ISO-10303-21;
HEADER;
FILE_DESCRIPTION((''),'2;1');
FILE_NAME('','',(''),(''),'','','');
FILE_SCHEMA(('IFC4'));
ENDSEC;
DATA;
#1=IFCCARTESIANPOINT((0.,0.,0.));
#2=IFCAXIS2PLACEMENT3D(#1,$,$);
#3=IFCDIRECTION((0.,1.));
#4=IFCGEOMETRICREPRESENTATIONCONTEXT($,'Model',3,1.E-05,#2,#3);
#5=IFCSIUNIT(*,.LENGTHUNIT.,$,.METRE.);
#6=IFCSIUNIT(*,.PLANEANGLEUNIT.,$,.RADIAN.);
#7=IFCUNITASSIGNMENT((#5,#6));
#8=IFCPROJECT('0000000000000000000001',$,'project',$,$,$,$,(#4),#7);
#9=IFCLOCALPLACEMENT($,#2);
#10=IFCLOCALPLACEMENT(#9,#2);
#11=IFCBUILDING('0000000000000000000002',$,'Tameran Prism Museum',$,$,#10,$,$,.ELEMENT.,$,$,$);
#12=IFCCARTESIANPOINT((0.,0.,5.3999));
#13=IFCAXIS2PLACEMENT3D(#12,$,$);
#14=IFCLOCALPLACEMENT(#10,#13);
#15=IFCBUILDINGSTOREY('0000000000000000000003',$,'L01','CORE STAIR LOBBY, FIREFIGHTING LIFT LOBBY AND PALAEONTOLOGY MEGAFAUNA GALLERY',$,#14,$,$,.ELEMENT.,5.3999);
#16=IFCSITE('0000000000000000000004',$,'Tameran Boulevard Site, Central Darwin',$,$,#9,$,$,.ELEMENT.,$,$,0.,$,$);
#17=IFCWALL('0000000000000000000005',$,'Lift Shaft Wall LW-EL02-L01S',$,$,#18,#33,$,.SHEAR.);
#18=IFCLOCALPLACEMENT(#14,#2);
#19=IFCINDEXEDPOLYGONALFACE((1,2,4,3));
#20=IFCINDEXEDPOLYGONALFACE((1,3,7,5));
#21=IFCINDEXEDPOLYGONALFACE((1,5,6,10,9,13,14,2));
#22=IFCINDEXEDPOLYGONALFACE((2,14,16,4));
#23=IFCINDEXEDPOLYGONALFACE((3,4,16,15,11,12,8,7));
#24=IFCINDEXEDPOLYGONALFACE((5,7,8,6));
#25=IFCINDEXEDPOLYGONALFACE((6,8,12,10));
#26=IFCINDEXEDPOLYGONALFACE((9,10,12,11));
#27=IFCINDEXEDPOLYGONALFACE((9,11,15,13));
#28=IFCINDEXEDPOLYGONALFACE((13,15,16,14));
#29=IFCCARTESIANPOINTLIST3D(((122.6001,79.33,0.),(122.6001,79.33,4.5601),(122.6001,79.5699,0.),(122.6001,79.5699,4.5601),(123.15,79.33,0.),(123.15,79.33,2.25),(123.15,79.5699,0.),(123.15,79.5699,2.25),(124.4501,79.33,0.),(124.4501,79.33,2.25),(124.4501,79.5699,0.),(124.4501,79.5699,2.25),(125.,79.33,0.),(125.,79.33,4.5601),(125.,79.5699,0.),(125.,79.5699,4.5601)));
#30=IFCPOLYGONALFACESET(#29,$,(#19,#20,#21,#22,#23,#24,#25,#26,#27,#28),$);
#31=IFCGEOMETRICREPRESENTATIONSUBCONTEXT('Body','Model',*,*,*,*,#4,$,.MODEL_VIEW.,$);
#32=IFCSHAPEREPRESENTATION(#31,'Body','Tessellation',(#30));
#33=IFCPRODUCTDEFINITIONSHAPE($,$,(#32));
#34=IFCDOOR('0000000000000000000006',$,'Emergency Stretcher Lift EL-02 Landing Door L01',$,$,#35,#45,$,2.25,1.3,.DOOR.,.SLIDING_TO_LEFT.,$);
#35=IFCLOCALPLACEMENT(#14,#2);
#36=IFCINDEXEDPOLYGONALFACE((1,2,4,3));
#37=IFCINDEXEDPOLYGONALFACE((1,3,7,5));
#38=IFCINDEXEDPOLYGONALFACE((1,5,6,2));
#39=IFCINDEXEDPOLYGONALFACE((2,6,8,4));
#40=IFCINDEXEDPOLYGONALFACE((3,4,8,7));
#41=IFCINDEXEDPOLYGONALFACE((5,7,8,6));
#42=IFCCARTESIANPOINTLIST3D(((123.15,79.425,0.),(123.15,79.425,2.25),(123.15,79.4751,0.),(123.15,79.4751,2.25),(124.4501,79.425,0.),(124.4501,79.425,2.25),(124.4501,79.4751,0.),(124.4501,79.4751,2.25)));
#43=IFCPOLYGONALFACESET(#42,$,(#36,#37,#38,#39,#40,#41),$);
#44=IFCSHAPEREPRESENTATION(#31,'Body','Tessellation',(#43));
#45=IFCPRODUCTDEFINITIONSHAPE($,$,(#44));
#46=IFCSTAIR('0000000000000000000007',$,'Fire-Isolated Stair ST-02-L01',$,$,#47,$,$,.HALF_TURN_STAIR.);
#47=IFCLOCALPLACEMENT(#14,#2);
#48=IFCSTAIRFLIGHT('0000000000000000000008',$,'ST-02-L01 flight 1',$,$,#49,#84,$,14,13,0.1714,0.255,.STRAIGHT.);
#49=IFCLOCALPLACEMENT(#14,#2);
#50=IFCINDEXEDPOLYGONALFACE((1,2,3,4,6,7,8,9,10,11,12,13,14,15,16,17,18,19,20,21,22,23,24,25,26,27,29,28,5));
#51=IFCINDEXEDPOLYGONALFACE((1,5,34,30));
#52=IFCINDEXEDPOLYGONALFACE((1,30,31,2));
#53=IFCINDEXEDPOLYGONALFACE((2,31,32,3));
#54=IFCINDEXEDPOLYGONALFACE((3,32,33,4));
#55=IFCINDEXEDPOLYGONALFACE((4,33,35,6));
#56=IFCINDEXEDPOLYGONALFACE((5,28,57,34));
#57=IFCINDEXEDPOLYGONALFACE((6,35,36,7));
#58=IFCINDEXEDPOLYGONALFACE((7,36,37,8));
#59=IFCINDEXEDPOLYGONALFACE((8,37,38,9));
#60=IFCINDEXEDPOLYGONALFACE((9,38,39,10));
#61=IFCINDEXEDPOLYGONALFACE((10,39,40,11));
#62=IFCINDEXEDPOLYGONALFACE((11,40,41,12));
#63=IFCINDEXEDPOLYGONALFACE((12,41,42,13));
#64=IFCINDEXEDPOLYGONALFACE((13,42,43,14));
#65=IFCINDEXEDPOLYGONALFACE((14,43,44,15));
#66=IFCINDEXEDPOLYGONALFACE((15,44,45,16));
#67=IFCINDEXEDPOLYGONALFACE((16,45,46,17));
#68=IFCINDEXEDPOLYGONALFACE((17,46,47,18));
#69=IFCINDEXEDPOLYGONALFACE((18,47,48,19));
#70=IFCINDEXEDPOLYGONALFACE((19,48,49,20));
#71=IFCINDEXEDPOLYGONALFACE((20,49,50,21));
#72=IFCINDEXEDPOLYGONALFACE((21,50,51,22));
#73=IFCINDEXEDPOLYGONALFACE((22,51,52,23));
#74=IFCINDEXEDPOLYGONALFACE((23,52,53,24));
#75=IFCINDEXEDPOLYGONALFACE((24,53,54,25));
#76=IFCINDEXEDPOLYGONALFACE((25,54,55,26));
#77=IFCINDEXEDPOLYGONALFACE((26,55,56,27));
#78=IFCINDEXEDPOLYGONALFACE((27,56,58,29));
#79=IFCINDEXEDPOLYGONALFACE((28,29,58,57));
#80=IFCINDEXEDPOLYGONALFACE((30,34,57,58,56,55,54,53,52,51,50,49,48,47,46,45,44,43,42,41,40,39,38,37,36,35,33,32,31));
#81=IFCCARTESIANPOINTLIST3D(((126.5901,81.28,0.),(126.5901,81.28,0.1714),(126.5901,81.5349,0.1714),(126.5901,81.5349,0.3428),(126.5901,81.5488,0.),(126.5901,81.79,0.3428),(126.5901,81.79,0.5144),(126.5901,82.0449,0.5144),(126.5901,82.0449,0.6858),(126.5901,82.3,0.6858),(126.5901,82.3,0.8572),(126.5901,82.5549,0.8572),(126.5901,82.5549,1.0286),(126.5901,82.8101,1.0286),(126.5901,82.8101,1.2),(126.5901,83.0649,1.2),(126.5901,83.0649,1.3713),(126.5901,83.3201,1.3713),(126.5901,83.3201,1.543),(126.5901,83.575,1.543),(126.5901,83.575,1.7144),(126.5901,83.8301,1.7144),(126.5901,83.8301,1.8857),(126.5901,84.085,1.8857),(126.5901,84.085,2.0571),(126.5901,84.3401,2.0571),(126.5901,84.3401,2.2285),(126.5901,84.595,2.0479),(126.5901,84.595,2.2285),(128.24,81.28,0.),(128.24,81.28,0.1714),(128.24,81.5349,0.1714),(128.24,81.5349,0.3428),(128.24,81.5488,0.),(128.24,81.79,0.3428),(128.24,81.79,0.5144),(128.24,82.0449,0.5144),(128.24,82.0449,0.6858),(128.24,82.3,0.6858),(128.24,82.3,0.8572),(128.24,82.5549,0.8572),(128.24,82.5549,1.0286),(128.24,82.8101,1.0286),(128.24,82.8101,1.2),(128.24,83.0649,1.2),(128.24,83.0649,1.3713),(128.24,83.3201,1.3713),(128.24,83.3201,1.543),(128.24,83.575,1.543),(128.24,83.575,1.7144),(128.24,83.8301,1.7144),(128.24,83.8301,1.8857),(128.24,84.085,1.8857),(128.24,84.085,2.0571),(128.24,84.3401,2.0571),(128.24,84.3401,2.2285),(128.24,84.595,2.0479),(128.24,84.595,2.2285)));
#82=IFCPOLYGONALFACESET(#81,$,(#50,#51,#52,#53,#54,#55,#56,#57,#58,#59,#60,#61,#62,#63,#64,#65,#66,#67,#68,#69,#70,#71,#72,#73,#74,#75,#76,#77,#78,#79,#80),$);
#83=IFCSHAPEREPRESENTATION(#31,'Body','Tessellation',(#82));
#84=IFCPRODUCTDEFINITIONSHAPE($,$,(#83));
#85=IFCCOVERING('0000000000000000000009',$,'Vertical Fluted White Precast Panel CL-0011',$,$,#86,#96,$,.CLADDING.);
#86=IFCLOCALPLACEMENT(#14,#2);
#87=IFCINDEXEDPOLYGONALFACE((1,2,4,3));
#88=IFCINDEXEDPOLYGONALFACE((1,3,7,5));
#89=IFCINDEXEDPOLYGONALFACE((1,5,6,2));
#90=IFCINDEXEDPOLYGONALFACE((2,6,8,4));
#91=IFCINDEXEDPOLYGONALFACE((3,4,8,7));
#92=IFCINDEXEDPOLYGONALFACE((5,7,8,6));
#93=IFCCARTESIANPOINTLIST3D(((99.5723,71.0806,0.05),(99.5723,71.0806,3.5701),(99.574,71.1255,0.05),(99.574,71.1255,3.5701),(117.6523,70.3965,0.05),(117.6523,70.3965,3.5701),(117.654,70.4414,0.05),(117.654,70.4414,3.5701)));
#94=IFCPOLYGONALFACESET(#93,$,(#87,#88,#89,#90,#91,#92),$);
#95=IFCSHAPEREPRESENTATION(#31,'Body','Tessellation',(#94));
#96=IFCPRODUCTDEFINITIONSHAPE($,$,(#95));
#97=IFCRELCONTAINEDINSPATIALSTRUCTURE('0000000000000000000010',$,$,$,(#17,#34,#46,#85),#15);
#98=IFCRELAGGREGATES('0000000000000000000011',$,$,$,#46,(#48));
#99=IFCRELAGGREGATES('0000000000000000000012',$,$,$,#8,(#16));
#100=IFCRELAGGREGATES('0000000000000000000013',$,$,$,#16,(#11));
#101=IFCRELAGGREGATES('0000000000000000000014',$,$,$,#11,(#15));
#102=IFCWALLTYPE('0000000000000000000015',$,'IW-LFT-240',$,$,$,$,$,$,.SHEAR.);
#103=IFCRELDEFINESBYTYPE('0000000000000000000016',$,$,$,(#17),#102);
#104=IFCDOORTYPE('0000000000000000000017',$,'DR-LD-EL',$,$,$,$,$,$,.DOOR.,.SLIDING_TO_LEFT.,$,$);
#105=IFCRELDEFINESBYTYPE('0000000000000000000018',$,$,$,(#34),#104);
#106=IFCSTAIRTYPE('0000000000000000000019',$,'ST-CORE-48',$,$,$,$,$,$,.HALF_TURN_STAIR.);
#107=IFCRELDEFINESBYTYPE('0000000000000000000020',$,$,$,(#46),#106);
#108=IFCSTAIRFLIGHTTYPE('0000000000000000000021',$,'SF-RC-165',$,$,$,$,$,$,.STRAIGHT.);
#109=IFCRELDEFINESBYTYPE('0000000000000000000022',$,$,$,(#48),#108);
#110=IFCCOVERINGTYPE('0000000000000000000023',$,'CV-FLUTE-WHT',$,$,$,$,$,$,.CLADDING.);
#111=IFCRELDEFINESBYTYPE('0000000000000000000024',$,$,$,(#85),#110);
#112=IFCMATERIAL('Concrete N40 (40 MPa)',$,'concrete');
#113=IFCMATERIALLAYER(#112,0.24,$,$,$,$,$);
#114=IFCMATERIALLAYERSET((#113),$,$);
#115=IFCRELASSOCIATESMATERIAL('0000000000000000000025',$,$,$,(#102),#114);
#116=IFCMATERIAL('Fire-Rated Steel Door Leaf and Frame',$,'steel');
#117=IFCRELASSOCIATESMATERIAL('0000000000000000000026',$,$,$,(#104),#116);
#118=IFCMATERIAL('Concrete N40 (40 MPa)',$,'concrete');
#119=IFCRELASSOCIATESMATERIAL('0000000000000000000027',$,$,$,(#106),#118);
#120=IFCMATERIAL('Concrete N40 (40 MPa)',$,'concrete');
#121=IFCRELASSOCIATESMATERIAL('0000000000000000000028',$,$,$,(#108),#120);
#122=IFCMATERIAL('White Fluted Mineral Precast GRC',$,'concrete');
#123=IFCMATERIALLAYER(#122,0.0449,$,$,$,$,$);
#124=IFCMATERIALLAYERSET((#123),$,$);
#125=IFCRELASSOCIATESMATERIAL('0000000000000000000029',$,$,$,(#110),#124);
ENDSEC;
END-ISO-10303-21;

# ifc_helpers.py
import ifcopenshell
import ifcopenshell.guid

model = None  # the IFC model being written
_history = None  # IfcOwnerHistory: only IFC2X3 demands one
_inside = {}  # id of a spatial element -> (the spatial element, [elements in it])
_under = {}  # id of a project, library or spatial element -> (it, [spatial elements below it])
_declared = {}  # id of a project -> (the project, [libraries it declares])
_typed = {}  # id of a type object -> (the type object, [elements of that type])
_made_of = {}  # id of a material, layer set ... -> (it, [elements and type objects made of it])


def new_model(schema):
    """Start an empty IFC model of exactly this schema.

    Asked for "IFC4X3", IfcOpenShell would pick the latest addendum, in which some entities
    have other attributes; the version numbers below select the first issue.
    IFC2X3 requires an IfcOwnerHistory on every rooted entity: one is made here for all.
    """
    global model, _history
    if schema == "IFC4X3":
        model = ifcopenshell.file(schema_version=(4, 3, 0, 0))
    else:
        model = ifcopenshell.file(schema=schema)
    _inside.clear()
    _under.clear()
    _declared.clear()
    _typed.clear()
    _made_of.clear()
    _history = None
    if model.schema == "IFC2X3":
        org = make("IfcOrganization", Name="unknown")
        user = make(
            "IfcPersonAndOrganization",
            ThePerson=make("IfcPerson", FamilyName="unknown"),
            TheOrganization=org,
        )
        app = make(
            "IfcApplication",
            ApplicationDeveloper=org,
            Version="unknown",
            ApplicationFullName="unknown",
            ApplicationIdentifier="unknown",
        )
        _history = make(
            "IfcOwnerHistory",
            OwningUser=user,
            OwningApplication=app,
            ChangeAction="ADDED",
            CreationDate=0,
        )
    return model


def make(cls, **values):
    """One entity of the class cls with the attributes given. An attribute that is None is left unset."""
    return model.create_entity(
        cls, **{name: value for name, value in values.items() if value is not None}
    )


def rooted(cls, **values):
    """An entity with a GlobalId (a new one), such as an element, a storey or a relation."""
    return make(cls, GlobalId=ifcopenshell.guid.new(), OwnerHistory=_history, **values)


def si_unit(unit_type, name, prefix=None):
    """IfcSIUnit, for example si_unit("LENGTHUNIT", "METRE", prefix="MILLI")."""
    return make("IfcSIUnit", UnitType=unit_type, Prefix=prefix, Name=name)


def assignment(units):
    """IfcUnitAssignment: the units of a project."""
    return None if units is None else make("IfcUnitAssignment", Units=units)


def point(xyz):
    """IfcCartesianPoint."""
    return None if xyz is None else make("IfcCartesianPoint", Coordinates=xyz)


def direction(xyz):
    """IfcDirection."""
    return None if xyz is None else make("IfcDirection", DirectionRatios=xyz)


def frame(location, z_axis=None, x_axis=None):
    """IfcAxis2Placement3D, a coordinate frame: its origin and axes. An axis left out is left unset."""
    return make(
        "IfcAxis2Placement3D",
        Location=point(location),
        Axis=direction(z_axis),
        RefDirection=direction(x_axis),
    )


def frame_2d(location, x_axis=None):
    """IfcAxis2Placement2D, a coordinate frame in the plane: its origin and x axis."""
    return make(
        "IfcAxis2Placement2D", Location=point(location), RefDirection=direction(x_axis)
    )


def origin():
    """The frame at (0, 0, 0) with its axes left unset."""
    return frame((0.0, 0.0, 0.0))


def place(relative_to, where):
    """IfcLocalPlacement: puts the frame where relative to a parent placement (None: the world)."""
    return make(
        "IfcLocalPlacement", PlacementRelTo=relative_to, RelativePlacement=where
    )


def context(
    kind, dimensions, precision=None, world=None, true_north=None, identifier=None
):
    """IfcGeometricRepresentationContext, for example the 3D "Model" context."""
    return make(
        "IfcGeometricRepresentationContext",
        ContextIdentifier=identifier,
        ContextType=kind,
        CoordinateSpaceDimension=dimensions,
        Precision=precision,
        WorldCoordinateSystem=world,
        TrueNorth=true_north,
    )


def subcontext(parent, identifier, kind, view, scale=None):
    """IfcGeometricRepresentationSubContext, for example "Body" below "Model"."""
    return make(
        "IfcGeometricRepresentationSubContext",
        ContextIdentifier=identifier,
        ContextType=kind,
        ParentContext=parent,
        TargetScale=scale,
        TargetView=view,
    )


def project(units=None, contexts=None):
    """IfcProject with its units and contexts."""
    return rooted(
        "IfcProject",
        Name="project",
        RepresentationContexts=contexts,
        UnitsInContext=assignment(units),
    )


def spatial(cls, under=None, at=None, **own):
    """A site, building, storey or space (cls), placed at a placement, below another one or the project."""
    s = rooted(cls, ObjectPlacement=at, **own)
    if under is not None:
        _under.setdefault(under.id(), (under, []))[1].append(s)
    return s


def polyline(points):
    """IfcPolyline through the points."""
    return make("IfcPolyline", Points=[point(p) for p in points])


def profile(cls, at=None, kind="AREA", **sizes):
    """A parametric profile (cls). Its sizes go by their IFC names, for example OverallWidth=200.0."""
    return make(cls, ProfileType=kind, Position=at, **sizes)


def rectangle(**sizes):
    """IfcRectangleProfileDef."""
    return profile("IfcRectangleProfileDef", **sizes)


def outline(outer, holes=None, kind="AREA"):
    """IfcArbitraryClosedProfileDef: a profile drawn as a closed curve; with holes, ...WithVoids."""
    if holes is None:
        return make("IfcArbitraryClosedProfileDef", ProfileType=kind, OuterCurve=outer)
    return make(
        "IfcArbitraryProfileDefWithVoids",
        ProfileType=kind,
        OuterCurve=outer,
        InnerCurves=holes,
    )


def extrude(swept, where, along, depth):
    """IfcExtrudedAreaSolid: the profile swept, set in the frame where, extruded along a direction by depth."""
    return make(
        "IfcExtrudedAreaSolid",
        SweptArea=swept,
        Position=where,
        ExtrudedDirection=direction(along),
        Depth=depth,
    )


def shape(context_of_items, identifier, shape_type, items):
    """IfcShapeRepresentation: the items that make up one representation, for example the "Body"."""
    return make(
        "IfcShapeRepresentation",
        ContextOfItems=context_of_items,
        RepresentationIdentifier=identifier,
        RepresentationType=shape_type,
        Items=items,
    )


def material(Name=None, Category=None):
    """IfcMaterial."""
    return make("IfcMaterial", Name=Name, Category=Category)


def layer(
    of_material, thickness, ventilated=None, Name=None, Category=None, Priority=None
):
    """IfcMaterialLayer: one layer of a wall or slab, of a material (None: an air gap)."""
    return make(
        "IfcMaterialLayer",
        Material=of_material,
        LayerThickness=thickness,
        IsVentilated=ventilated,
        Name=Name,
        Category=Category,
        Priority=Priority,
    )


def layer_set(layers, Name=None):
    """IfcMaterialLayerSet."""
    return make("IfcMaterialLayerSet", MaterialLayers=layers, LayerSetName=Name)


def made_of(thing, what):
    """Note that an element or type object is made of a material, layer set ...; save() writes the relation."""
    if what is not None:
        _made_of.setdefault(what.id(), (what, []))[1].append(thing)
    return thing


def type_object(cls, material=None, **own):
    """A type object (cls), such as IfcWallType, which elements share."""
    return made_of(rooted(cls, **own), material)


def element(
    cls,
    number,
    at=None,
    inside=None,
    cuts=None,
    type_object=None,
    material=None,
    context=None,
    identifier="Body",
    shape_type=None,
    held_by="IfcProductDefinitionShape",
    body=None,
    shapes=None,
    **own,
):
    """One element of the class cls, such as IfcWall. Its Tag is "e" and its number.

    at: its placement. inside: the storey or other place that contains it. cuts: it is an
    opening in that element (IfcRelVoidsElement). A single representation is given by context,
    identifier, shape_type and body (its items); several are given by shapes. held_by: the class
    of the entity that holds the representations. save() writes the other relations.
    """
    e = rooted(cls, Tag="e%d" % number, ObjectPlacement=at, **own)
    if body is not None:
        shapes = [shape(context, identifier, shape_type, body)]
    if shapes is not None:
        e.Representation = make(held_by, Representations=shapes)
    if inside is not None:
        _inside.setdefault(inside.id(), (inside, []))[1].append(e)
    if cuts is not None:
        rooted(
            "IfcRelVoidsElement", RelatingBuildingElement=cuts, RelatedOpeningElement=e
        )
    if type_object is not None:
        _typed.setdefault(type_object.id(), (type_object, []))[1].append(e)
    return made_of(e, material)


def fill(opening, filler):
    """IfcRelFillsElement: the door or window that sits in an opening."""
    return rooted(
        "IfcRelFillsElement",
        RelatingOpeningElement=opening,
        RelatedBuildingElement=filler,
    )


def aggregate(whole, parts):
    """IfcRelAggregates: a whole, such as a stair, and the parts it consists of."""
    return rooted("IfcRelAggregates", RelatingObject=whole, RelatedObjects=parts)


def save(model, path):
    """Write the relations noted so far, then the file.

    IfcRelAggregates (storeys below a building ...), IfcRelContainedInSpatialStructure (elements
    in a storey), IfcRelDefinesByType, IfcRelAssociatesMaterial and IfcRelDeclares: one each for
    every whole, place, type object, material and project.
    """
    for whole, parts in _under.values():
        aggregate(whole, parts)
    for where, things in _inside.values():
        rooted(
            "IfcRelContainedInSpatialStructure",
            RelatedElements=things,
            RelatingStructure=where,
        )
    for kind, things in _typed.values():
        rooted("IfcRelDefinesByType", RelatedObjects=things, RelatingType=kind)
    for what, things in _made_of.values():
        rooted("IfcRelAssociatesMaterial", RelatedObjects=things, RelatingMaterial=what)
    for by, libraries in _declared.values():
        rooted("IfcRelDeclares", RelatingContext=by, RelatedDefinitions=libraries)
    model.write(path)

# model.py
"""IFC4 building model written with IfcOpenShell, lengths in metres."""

from ifc_helpers import new_model, si_unit, direction, frame, frame_2d, origin, place, context, subcontext, project, spatial, polyline, rectangle, outline, extrude, material, layer, layer_set, type_object, element, fill, aggregate, save


model = new_model("IFC4")

# Units and contexts
model_context = context("Model", 3, precision=1e-05, world=origin(), true_north=direction((0.0, 1.0)))
body_context = subcontext(model_context, "Body", "Model", "MODEL_VIEW")
ifc_project = project(units=[si_unit("LENGTHUNIT", "METRE"), si_unit("PLANEANGLEUNIT", "RADIAN")], contexts=[model_context])

# Site, building, storey
site_placement = place(None, origin())
site = spatial("IfcSite", under=ifc_project, at=site_placement, Name="Tameran Boulevard Site, Central Darwin", CompositionType="ELEMENT", RefElevation=0.0)
building_placement = place(site_placement, origin())
building = spatial("IfcBuilding", under=site, at=building_placement, Name="Tameran Prism Museum", CompositionType="ELEMENT")
storey_placement = place(building_placement, frame((0.0, 0.0, 5.3999)))
storey = spatial("IfcBuildingStorey", under=building, at=storey_placement, Name="L01", Description="CORE STAIR LOBBY, FIREFIGHTING LIFT LOBBY AND PALAEONTOLOGY MEGAFAUNA GALLERY", CompositionType="ELEMENT", Elevation=5.3999)

# Shared definitions
ifc_material_1 = material(Name="Concrete N40 (40 MPa)", Category="concrete")
ifc_layer_1 = layer(ifc_material_1, 0.24)
ifc_layer_set_1 = layer_set([ifc_layer_1])
wall_type_1 = type_object("IfcWallType", Name="IW-LFT-240", PredefinedType="SHEAR", material=ifc_layer_set_1)

# Shared definitions
ifc_material_2 = material(Name="Fire-Rated Steel Door Leaf and Frame", Category="steel")
door_type_1 = type_object("IfcDoorType", Name="DR-LD-EL", OperationType="SLIDING_TO_LEFT", PredefinedType="DOOR", material=ifc_material_2)

# Wall, opening, door
wall_1_placement = place(storey_placement, frame((125.0, 79.45, 0.0), z_axis=(0.0, 0.0, 1.0), x_axis=(-1.0, 0.0, 0.0)))
wall_1 = element("IfcWall", 1, at=wall_1_placement, inside=storey, type_object=wall_type_1, Name="Lift Shaft Wall LW-EL02-L01S", PredefinedType="SHEAR", context=body_context, shape_type="SweptSolid", body=[
    extrude(rectangle(XDim=2.3999, YDim=0.24, at=frame_2d((1.2, 0.0))), origin(), (0.0, 0.0, 1.0), 4.5601),
])
opening_1_placement = place(wall_1_placement, frame((0.55, 0.0, 0.0)))
opening_1 = element("IfcOpeningElement", 2, at=opening_1_placement, cuts=wall_1, PredefinedType="OPENING", context=body_context, shape_type="SweptSolid", body=[
    extrude(rectangle(XDim=1.3, YDim=2.25, at=frame_2d((0.6499, 1.125))), frame((0.0, 0.1299, 0.0), z_axis=(0.0, -1.0, 0.0), x_axis=(1.0, 0.0, 0.0)), (0.0, 0.0, 1.0), 0.26),
])
door_1_placement = place(opening_1_placement, origin())
door_1 = element("IfcDoor", 3, at=door_1_placement, inside=storey, type_object=door_type_1, Name="Emergency Stretcher Lift EL-02 Landing Door L01", OperationType="SLIDING_TO_LEFT", OverallHeight=2.25, OverallWidth=1.3, PredefinedType="DOOR", context=body_context, shape_type="SweptSolid", body=[
    extrude(rectangle(XDim=1.3, YDim=2.25, at=frame_2d((0.6499, 1.125))), frame((0.0, 0.0249, 0.0), z_axis=(0.0, -1.0, 0.0), x_axis=(1.0, 0.0, 0.0)), (0.0, 0.0, 1.0), 0.05),
])
fill(opening_1, door_1)

# Stair, stair flight
ifc_material_3 = material(Name="Concrete N40 (40 MPa)", Category="concrete")
stair_type = type_object("IfcStairType", Name="ST-CORE-48", PredefinedType="HALF_TURN_STAIR", material=ifc_material_3)
stair_placement = place(storey_placement, origin())
stair = element("IfcStair", 4, at=stair_placement, inside=storey, type_object=stair_type, Name="Fire-Isolated Stair ST-02-L01", PredefinedType="HALF_TURN_STAIR")
ifc_material_4 = material(Name="Concrete N40 (40 MPa)", Category="concrete")
stair_flight_type = type_object("IfcStairFlightType", Name="SF-RC-165", PredefinedType="STRAIGHT", material=ifc_material_4)
stair_flight_placement = place(storey_placement, frame((127.415, 81.28, 0.0), z_axis=(0.0, 0.0, 1.0), x_axis=(0.0, 1.0, 0.0)))
stair_flight = element("IfcStairFlight", 5, at=stair_flight_placement, type_object=stair_flight_type, Name="ST-02-L01 flight 1", NumberOfRisers=14, NumberOfTreads=13, PredefinedType="STRAIGHT", RiserHeight=0.1714, TreadLength=0.255, context=body_context, shape_type="SweptSolid", body=[
    extrude(outline(polyline([(0.0, 0.0), (0.0, 0.1714), (0.2549, 0.1714), (0.2549, 0.3428), (0.51, 0.3428), (0.51, 0.5144), (0.7649, 0.5144), (0.7649, 0.6858), (1.02, 0.6858), (1.02, 0.8572), (1.2749, 0.8572), (1.2749, 1.0286), (1.53, 1.0286), (1.53, 1.2), (1.7849, 1.2), (1.7849, 1.3713), (2.04, 1.3713), (2.04, 1.543), (2.2949, 1.543), (2.2949, 1.7144), (2.55, 1.7144), (2.55, 1.8857), (2.8049, 1.8857), (2.8049, 2.0571), (3.0601, 2.0571), (3.0601, 2.2285), (3.3149, 2.2285), (3.3149, 2.3999), (3.3149, 2.0479), (0.2688, 0.0), (0.0, 0.0)])), frame((0.0, 0.825, 0.0), z_axis=(0.0, -1.0, 0.0), x_axis=(1.0, 0.0, 0.0)), (0.0, 0.0, 1.0), 1.6499),
])
aggregate(stair, [stair_flight])

# Covering
ifc_material_5 = material(Name="White Fluted Mineral Precast GRC", Category="concrete")
ifc_layer_2 = layer(ifc_material_5, 0.0449)
ifc_layer_set_2 = layer_set([ifc_layer_2])
covering_type = type_object("IfcCoveringType", Name="CV-FLUTE-WHT", PredefinedType="CLADDING", material=ifc_layer_set_2)
covering_placement = place(storey_placement, frame((117.6531, 70.4189, 0.05), z_axis=(0.0, 0.0, 1.0), x_axis=(-0.999285, 0.037809, 0.0)))
element("IfcCovering", 6, at=covering_placement, inside=storey, type_object=covering_type, Name="Vertical Fluted White Precast Panel CL-0011", PredefinedType="CLADDING", context=body_context, shape_type="SweptSolid", body=[
    extrude(rectangle(XDim=18.093, YDim=0.0449, at=frame_2d((9.0464, 0.0))), origin(), (0.0, 0.0, 1.0), 3.52),
])

save(model, "model.ifc")
